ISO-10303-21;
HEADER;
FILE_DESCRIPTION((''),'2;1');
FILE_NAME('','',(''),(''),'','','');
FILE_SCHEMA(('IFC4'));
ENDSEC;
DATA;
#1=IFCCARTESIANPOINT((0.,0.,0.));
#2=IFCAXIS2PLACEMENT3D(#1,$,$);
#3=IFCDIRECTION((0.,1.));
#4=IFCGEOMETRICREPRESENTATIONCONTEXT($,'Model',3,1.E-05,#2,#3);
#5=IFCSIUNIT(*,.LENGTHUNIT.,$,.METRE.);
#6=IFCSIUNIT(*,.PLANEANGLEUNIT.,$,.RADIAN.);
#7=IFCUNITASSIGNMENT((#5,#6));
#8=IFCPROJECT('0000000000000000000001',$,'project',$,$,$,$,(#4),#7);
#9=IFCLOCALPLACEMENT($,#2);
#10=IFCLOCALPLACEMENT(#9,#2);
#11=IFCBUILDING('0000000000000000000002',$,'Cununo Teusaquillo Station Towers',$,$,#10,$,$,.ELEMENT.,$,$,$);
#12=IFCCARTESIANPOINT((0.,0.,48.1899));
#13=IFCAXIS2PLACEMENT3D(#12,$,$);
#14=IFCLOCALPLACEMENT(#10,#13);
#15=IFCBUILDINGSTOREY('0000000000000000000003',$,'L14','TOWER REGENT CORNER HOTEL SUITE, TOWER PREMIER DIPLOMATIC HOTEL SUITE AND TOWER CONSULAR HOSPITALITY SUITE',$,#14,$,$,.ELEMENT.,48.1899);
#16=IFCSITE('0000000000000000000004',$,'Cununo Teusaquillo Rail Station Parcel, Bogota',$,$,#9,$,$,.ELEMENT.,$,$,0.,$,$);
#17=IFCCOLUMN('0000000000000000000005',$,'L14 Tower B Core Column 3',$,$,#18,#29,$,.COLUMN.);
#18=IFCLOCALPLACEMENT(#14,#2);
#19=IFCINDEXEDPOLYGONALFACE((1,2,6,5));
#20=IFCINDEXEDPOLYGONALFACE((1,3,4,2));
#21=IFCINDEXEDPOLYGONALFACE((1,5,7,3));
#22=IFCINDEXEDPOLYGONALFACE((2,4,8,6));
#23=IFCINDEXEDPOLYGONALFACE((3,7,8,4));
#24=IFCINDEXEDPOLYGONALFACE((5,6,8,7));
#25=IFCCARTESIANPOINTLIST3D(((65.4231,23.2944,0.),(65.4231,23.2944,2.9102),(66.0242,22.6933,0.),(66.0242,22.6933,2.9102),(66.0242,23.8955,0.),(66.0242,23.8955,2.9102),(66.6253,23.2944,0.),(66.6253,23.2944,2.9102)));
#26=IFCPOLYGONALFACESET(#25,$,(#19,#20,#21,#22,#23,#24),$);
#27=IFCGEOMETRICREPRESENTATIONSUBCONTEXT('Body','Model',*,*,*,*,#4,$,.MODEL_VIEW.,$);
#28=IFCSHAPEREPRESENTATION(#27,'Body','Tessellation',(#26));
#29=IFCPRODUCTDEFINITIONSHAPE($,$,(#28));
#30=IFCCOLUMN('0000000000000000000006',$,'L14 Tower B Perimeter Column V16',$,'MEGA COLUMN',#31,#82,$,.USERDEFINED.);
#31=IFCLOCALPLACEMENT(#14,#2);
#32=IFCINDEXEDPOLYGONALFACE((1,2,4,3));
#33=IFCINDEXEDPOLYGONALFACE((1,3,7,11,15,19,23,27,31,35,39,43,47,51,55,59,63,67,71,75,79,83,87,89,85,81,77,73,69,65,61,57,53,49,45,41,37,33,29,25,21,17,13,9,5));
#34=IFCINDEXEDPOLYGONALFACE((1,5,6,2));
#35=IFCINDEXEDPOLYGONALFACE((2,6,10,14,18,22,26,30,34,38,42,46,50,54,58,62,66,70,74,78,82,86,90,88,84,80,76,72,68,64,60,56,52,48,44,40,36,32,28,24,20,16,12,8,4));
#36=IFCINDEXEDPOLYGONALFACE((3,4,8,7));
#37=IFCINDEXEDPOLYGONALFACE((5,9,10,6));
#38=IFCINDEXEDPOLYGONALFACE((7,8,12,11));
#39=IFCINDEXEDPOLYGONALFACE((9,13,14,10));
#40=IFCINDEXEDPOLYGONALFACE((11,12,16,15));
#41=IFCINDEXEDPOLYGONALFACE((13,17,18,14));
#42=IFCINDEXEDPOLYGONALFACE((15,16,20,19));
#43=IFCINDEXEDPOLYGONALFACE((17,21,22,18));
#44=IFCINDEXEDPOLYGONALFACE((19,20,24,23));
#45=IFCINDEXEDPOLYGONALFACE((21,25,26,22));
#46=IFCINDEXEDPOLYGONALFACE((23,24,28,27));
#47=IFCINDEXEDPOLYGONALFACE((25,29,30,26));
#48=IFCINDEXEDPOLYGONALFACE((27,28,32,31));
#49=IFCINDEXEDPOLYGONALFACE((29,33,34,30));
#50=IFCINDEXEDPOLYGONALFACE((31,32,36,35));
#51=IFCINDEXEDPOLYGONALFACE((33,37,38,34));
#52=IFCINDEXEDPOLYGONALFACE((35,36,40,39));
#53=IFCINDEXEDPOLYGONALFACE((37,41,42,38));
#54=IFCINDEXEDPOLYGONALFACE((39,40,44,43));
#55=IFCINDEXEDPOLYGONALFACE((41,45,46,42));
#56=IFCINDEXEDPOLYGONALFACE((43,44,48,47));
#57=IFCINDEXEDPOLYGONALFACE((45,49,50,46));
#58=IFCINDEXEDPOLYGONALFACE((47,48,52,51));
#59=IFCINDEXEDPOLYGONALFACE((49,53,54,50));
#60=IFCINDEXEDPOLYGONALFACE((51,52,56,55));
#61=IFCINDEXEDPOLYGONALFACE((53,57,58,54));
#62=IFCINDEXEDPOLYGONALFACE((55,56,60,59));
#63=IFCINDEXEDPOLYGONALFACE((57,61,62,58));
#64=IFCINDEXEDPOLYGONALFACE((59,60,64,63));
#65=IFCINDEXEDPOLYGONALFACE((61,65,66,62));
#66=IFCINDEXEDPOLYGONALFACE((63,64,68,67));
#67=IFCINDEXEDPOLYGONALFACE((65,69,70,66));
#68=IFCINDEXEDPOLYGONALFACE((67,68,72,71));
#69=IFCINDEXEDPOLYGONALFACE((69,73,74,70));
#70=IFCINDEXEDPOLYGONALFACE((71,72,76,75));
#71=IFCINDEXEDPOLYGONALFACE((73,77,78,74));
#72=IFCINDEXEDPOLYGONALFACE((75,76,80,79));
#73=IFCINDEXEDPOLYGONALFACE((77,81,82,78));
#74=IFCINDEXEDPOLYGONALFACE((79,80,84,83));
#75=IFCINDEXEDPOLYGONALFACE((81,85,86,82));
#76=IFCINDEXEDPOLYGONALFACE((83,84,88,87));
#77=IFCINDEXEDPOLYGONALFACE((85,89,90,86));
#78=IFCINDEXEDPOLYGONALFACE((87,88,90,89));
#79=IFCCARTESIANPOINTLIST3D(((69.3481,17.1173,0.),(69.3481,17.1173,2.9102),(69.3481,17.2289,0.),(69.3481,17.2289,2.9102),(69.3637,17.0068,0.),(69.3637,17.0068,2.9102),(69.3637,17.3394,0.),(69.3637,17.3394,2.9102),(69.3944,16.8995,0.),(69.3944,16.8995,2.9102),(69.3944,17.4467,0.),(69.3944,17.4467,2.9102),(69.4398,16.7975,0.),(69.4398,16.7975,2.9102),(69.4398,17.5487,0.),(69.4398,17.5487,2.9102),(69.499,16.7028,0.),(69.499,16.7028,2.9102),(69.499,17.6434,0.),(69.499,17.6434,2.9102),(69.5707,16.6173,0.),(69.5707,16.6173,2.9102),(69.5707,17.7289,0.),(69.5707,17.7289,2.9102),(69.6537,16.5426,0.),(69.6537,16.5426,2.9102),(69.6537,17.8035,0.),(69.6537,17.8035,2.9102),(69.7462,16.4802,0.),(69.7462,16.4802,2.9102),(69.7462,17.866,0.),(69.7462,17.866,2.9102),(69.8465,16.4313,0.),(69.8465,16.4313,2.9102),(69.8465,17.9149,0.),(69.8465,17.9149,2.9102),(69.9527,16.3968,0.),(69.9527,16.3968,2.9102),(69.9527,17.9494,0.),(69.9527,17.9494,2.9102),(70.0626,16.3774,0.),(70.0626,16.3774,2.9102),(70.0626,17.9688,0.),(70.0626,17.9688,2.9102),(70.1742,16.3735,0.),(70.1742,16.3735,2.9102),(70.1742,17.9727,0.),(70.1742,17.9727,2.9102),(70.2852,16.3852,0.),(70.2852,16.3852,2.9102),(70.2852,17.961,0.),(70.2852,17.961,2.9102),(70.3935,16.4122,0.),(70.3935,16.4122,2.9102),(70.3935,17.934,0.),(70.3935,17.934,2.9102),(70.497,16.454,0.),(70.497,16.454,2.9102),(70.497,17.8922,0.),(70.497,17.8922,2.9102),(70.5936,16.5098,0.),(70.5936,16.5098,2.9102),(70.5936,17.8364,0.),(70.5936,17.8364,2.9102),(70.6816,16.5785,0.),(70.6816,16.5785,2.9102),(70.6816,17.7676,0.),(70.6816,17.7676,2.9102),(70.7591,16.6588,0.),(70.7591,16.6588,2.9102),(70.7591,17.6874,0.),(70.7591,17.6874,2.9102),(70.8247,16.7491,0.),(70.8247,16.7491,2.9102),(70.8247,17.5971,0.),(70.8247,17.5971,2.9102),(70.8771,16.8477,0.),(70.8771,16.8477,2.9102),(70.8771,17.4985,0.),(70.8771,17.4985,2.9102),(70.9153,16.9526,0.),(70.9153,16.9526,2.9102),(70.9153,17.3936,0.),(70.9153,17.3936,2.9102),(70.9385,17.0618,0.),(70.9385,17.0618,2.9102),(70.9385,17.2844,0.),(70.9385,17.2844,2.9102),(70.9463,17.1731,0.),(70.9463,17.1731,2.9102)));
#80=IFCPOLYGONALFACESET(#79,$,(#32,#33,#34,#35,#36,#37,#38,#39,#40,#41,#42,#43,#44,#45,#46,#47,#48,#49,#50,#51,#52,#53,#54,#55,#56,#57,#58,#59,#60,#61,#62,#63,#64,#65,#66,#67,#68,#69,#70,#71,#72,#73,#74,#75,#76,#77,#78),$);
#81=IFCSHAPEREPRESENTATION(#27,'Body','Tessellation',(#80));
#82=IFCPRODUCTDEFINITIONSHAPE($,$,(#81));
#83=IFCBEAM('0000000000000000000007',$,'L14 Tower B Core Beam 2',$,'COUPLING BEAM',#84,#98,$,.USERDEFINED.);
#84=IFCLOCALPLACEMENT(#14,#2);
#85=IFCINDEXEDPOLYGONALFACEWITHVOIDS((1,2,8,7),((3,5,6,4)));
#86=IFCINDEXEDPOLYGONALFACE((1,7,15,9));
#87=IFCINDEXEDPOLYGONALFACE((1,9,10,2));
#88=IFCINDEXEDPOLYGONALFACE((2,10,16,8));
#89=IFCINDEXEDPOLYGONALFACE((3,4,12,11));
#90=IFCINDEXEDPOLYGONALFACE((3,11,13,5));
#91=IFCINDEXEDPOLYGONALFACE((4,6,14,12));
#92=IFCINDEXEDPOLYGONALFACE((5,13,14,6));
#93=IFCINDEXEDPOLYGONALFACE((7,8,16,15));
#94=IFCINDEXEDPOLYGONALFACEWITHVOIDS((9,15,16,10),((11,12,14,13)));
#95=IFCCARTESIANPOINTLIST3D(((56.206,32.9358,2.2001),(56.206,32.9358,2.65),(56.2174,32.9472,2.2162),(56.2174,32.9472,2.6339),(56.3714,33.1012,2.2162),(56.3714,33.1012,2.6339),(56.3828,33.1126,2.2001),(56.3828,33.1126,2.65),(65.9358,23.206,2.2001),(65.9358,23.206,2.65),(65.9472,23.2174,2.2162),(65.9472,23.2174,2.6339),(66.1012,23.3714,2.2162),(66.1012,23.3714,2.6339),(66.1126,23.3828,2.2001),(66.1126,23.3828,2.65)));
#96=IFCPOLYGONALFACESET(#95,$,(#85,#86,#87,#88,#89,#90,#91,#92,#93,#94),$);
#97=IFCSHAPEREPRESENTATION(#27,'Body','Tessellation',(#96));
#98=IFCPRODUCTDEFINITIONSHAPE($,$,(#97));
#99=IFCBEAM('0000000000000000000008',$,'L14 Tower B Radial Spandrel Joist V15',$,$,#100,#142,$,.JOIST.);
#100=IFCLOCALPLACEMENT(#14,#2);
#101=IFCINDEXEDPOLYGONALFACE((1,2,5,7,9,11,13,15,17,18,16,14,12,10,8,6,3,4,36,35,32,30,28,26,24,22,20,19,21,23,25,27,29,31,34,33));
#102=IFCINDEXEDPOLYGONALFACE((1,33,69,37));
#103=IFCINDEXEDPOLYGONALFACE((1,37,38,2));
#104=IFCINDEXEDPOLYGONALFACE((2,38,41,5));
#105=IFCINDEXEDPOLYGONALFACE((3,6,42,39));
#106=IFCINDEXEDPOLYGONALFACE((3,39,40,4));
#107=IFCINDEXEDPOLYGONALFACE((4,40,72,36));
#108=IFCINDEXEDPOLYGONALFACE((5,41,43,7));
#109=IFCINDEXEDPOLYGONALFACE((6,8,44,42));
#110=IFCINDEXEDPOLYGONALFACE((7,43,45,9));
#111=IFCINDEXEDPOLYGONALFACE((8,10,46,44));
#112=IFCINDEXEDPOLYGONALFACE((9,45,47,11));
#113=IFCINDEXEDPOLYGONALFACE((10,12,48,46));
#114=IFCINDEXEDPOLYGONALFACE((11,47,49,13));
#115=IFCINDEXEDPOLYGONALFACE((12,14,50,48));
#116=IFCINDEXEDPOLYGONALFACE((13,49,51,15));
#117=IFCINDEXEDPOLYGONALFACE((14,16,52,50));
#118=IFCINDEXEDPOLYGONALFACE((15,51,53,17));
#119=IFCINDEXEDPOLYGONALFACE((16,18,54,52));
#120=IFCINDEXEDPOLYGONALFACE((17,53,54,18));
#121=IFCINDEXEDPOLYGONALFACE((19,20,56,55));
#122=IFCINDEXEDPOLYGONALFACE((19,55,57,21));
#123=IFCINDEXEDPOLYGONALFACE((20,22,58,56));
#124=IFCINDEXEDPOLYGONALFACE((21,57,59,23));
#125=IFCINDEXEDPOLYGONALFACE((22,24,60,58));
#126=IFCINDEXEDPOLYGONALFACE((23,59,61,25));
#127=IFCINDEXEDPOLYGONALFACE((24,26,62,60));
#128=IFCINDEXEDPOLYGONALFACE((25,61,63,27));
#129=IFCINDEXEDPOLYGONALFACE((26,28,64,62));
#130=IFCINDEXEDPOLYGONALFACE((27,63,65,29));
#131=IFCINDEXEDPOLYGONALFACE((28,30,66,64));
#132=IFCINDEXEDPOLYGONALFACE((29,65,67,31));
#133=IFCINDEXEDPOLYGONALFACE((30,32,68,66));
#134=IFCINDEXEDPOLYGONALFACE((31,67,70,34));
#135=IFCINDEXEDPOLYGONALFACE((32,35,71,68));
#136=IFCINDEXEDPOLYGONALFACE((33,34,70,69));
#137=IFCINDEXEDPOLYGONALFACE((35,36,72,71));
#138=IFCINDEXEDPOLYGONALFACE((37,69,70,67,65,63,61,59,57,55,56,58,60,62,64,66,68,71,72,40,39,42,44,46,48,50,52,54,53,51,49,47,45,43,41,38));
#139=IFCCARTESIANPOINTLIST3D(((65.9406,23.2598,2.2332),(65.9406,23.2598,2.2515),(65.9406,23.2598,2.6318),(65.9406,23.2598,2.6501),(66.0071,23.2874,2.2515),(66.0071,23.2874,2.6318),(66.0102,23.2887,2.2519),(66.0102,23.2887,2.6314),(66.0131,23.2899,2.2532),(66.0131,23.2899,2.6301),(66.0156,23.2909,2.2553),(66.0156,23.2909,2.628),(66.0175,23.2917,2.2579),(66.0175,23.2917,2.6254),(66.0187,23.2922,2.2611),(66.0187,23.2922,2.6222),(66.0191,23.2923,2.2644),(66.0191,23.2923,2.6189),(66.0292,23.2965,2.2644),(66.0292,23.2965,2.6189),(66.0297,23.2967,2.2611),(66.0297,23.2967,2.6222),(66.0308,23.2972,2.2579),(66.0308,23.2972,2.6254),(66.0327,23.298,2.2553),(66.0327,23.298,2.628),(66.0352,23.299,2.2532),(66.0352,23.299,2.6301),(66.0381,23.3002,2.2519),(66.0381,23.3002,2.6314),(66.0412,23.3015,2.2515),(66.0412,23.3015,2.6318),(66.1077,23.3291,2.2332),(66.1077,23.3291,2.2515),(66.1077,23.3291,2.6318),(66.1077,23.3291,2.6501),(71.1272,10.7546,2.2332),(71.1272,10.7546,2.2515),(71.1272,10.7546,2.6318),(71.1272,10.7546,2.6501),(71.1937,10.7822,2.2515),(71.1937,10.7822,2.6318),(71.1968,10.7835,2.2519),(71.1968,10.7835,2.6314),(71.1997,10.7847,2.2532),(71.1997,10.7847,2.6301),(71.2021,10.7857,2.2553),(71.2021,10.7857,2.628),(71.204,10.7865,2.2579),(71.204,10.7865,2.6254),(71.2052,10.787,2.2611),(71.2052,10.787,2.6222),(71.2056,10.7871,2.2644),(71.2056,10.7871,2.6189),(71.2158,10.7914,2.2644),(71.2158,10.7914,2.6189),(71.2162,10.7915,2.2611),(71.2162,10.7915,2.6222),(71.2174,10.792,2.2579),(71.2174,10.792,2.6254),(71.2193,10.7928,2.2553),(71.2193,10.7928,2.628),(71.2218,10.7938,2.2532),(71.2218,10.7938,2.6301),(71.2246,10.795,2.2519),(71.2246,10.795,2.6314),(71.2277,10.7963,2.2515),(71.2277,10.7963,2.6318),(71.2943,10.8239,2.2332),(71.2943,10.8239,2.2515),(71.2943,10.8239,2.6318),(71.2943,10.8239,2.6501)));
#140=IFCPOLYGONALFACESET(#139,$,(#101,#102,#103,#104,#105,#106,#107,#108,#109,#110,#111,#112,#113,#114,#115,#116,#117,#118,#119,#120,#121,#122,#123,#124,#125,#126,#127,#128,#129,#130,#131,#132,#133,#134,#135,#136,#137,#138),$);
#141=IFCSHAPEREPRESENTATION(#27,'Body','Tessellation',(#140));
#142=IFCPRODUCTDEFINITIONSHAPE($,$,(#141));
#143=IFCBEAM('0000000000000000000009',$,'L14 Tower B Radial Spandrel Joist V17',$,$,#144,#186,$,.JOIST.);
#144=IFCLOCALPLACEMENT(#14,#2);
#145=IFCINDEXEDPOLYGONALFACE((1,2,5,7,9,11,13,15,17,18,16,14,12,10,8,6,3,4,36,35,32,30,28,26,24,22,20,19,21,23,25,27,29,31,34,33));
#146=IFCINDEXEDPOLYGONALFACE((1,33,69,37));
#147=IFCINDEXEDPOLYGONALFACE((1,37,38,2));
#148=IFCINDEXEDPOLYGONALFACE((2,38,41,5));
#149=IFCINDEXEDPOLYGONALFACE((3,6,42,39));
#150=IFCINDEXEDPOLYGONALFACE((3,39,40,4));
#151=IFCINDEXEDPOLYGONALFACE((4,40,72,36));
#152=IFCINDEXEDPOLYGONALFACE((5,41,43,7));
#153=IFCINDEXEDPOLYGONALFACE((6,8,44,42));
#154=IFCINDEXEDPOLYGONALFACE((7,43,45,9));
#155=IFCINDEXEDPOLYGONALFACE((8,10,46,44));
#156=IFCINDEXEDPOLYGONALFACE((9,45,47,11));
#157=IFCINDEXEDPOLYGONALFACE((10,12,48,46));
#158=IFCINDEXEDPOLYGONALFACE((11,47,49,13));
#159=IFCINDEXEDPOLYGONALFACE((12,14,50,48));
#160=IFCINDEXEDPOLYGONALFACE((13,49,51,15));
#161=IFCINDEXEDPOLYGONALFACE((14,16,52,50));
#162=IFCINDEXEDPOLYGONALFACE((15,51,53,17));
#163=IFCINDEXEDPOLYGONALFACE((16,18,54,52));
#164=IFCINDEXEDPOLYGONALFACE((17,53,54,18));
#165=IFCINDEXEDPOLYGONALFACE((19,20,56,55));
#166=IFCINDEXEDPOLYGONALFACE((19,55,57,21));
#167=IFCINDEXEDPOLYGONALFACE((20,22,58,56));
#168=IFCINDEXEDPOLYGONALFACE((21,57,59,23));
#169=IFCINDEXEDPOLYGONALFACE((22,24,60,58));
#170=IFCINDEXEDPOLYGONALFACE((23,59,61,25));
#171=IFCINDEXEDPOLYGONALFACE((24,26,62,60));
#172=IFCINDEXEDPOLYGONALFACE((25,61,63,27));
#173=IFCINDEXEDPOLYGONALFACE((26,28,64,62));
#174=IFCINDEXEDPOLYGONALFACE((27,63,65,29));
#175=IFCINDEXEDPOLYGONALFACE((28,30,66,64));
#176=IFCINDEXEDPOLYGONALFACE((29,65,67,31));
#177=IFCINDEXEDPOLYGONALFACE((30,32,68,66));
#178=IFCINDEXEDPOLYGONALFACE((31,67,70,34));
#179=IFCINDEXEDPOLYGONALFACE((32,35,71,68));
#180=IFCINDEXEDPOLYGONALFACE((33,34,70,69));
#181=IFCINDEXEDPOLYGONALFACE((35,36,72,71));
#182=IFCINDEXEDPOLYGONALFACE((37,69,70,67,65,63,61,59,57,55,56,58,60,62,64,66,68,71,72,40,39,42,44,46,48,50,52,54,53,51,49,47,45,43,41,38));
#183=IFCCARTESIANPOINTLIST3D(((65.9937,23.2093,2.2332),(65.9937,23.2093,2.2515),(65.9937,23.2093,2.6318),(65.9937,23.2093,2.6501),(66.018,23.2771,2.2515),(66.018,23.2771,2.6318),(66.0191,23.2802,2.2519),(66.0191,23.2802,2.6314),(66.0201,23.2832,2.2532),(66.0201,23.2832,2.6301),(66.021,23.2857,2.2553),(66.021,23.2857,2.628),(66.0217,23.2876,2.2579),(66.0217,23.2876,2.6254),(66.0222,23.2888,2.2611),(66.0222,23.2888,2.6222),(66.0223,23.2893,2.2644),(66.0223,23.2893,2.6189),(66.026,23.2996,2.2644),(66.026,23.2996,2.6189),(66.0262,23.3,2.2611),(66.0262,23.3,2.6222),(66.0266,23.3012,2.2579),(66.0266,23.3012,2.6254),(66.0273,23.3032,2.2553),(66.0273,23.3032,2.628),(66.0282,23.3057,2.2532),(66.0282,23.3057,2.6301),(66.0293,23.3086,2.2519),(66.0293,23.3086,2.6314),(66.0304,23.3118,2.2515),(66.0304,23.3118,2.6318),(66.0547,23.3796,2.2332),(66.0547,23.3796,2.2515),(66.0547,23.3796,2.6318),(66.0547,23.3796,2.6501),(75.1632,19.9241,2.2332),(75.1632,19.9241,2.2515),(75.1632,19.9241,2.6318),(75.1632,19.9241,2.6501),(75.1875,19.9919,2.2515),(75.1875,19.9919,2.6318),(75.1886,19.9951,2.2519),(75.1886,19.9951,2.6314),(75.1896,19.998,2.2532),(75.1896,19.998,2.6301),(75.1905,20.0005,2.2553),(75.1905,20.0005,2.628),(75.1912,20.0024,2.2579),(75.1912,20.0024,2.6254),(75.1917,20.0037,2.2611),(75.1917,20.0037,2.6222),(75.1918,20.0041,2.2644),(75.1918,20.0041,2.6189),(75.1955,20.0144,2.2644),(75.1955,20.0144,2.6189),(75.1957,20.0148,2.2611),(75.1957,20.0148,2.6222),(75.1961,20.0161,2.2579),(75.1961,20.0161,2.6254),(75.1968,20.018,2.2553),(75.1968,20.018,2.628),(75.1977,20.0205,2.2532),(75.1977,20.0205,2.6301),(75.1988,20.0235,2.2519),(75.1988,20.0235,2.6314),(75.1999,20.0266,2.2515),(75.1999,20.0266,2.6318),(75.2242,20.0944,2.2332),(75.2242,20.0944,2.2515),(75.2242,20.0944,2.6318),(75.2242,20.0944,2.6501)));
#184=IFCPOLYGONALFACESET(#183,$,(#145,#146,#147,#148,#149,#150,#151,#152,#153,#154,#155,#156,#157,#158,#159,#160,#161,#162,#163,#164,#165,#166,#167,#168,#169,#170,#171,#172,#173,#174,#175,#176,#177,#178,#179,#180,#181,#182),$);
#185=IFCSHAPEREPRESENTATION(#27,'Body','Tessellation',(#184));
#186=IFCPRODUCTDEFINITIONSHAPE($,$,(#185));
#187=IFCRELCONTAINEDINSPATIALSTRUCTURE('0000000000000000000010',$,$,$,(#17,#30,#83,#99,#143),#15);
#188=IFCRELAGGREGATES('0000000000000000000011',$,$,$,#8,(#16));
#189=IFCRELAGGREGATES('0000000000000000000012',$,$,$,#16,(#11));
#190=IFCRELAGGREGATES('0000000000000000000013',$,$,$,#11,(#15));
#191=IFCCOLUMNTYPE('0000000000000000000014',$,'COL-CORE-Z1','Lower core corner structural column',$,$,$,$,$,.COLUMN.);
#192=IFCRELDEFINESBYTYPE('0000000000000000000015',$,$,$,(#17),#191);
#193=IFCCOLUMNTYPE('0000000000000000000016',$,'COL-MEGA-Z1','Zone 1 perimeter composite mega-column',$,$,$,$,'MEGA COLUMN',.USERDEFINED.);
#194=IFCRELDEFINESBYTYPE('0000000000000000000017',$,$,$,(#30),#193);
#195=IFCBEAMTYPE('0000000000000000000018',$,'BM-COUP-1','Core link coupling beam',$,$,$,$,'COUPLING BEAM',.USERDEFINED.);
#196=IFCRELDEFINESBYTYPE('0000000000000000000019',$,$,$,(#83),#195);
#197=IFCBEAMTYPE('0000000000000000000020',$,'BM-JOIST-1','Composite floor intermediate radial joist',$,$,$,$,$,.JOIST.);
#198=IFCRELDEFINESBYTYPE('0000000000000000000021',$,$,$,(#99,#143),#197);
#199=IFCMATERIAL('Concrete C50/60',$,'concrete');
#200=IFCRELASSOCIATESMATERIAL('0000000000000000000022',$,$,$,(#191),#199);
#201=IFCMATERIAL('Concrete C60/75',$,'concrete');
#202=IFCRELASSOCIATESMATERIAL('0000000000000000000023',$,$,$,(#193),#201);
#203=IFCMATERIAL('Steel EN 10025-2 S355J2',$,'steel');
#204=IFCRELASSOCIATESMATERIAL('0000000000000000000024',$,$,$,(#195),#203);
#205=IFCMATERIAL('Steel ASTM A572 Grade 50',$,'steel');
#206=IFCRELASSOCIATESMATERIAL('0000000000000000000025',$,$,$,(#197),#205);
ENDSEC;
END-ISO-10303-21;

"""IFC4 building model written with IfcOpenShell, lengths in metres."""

from ifc_helpers import new_model, si_unit, direction, frame, origin, origin_2d, place, context, subcontext, project, spatial, rectangle, hollow_rectangle, circle, i_section, extrude, material, material_profile, profile_set, type_object, element, save


model = new_model("IFC4")

# Units and contexts
model_context = context("Model", 3, precision=1e-05, world=origin(), true_north=direction((0.0, 1.0)))
body_context = subcontext(model_context, "Body", "Model", "MODEL_VIEW")
ifc_project = project(units=[si_unit("LENGTHUNIT", "METRE"), si_unit("PLANEANGLEUNIT", "RADIAN")], contexts=[model_context])

# Site, building, storey
site_placement = place(None, origin())
site = spatial("IfcSite", under=ifc_project, at=site_placement, Name="Cununo Teusaquillo Rail Station Parcel, Bogota", CompositionType="ELEMENT", RefElevation=0.0)
building_placement = place(site_placement, origin())
building = spatial("IfcBuilding", under=site, at=building_placement, Name="Cununo Teusaquillo Station Towers", CompositionType="ELEMENT")
storey_placement = place(building_placement, frame((0.0, 0.0, 48.1899)))
storey = spatial("IfcBuildingStorey", under=building, at=storey_placement, Name="L14", Description="TOWER REGENT CORNER HOTEL SUITE, TOWER PREMIER DIPLOMATIC HOTEL SUITE AND TOWER CONSULAR HOSPITALITY SUITE", CompositionType="ELEMENT", Elevation=48.1899)

# Columns
ifc_material_1 = material(Name="Concrete C50/60", Category="concrete")
ifc_material_profile_1 = material_profile(ifc_material_1, rectangle(XDim=0.8501, YDim=0.8501, at=origin_2d()), Name="RC-RECT-850x850")
ifc_profile_set_1 = profile_set([ifc_material_profile_1], Name="Concrete C50/60")
column_type_1 = type_object("IfcColumnType", Name="COL-CORE-Z1", Description="Lower core corner structural column", PredefinedType="COLUMN", material=ifc_profile_set_1)
column_1_placement = place(storey_placement, frame((66.0242, 23.2944, 0.0), z_axis=(0.0, 0.0, 1.0), x_axis=(0.707107, 0.707107, 0.0)))
element("IfcColumn", 1, at=column_1_placement, inside=storey, type_object=column_type_1, Name="L14 Tower B Core Column 3", PredefinedType="COLUMN", context=body_context, shape_type="SweptSolid", body=[
    extrude(rectangle(XDim=0.8501, YDim=0.8501, at=origin_2d()), origin(), (0.0, 0.0, 1.0), 2.9102),
])
ifc_material_2 = material(Name="Concrete C60/75", Category="concrete")
ifc_material_profile_2 = material_profile(ifc_material_2, circle(Radius=0.8, at=origin_2d()), Name="RC-CIRC-1600")
ifc_profile_set_2 = profile_set([ifc_material_profile_2], Name="Concrete C60/75")
column_type_2 = type_object("IfcColumnType", Name="COL-MEGA-Z1", Description="Zone 1 perimeter composite mega-column", ElementType="MEGA COLUMN", PredefinedType="USERDEFINED", material=ifc_profile_set_2)
column_2_placement = place(storey_placement, frame((70.1462, 17.1731, 0.0), z_axis=(0.0, 0.0, 1.0), x_axis=(1.0, 0.0, 0.0)))
element("IfcColumn", 2, at=column_2_placement, inside=storey, type_object=column_type_2, Name="L14 Tower B Perimeter Column V16", ObjectType="MEGA COLUMN", PredefinedType="USERDEFINED", context=body_context, shape_type="SweptSolid", body=[
    extrude(circle(Radius=0.8, at=origin_2d()), origin(), (0.0, 0.0, 1.0), 2.9102),
])

# Beams
ifc_material_3 = material(Name="Steel EN 10025-2 S355J2", Category="steel")
ifc_material_profile_3 = material_profile(ifc_material_3, hollow_rectangle(XDim=0.25, YDim=0.45, WallThickness=0.0161, at=origin_2d()), Name="RHS 450x250x16")
ifc_profile_set_3 = profile_set([ifc_material_profile_3], Name="Steel EN 10025-2 S355J2")
beam_type_1 = type_object("IfcBeamType", Name="BM-COUP-1", Description="Core link coupling beam", ElementType="COUPLING BEAM", PredefinedType="USERDEFINED", material=ifc_profile_set_3)
beam_1_placement = place(storey_placement, frame((66.0242, 23.2944, 2.425), z_axis=(-0.707107, 0.707107, 0.0), x_axis=(-0.707107, -0.707107, 0.0)))
element("IfcBeam", 3, at=beam_1_placement, inside=storey, type_object=beam_type_1, Name="L14 Tower B Core Beam 2", ObjectType="COUPLING BEAM", PredefinedType="USERDEFINED", context=body_context, shape_type="SweptSolid", body=[
    extrude(hollow_rectangle(XDim=0.25, YDim=0.45, WallThickness=0.0161, at=origin_2d()), origin(), (0.0, 0.0, 1.0), 13.76),
])
ifc_material_4 = material(Name="Steel ASTM A572 Grade 50", Category="steel")
ifc_material_profile_4 = material_profile(ifc_material_4, i_section(OverallWidth=0.1809, OverallDepth=0.417, WebThickness=0.011, FlangeThickness=0.0183, FilletRadius=0.0129, at=origin_2d()), Name="W16X57")
ifc_profile_set_4 = profile_set([ifc_material_profile_4], Name="Steel ASTM A572 Grade 50")
beam_type_2 = type_object("IfcBeamType", Name="BM-JOIST-1", Description="Composite floor intermediate radial joist", PredefinedType="JOIST", material=ifc_profile_set_4)
beam_2_placement = place(storey_placement, frame((66.0242, 23.2944, 2.4417), z_axis=(0.383108, -0.923704, 0.0), x_axis=(0.923704, 0.383108, 0.0)))
element("IfcBeam", 4, at=beam_2_placement, inside=storey, type_object=beam_type_2, Name="L14 Tower B Radial Spandrel Joist V15", PredefinedType="JOIST", context=body_context, shape_type="SweptSolid", body=[
    extrude(i_section(OverallWidth=0.1809, OverallDepth=0.417, WebThickness=0.011, FlangeThickness=0.0183, FilletRadius=0.0129, at=origin_2d()), origin(), (0.0, 0.0, 1.0), 13.5381),
])
beam_3_placement = place(storey_placement, frame((66.0242, 23.2944, 2.4417), z_axis=(0.941405, -0.337279, 0.0), x_axis=(0.337279, 0.941405, 0.0)))
element("IfcBeam", 5, at=beam_3_placement, inside=storey, type_object=beam_type_2, Name="L14 Tower B Radial Spandrel Joist V17", PredefinedType="JOIST", context=body_context, shape_type="SweptSolid", body=[
    extrude(i_section(OverallWidth=0.1809, OverallDepth=0.417, WebThickness=0.011, FlangeThickness=0.0183, FilletRadius=0.0129, at=origin_2d()), origin(), (0.0, 0.0, 1.0), 9.7402),
])

save(model, "model.ifc")
